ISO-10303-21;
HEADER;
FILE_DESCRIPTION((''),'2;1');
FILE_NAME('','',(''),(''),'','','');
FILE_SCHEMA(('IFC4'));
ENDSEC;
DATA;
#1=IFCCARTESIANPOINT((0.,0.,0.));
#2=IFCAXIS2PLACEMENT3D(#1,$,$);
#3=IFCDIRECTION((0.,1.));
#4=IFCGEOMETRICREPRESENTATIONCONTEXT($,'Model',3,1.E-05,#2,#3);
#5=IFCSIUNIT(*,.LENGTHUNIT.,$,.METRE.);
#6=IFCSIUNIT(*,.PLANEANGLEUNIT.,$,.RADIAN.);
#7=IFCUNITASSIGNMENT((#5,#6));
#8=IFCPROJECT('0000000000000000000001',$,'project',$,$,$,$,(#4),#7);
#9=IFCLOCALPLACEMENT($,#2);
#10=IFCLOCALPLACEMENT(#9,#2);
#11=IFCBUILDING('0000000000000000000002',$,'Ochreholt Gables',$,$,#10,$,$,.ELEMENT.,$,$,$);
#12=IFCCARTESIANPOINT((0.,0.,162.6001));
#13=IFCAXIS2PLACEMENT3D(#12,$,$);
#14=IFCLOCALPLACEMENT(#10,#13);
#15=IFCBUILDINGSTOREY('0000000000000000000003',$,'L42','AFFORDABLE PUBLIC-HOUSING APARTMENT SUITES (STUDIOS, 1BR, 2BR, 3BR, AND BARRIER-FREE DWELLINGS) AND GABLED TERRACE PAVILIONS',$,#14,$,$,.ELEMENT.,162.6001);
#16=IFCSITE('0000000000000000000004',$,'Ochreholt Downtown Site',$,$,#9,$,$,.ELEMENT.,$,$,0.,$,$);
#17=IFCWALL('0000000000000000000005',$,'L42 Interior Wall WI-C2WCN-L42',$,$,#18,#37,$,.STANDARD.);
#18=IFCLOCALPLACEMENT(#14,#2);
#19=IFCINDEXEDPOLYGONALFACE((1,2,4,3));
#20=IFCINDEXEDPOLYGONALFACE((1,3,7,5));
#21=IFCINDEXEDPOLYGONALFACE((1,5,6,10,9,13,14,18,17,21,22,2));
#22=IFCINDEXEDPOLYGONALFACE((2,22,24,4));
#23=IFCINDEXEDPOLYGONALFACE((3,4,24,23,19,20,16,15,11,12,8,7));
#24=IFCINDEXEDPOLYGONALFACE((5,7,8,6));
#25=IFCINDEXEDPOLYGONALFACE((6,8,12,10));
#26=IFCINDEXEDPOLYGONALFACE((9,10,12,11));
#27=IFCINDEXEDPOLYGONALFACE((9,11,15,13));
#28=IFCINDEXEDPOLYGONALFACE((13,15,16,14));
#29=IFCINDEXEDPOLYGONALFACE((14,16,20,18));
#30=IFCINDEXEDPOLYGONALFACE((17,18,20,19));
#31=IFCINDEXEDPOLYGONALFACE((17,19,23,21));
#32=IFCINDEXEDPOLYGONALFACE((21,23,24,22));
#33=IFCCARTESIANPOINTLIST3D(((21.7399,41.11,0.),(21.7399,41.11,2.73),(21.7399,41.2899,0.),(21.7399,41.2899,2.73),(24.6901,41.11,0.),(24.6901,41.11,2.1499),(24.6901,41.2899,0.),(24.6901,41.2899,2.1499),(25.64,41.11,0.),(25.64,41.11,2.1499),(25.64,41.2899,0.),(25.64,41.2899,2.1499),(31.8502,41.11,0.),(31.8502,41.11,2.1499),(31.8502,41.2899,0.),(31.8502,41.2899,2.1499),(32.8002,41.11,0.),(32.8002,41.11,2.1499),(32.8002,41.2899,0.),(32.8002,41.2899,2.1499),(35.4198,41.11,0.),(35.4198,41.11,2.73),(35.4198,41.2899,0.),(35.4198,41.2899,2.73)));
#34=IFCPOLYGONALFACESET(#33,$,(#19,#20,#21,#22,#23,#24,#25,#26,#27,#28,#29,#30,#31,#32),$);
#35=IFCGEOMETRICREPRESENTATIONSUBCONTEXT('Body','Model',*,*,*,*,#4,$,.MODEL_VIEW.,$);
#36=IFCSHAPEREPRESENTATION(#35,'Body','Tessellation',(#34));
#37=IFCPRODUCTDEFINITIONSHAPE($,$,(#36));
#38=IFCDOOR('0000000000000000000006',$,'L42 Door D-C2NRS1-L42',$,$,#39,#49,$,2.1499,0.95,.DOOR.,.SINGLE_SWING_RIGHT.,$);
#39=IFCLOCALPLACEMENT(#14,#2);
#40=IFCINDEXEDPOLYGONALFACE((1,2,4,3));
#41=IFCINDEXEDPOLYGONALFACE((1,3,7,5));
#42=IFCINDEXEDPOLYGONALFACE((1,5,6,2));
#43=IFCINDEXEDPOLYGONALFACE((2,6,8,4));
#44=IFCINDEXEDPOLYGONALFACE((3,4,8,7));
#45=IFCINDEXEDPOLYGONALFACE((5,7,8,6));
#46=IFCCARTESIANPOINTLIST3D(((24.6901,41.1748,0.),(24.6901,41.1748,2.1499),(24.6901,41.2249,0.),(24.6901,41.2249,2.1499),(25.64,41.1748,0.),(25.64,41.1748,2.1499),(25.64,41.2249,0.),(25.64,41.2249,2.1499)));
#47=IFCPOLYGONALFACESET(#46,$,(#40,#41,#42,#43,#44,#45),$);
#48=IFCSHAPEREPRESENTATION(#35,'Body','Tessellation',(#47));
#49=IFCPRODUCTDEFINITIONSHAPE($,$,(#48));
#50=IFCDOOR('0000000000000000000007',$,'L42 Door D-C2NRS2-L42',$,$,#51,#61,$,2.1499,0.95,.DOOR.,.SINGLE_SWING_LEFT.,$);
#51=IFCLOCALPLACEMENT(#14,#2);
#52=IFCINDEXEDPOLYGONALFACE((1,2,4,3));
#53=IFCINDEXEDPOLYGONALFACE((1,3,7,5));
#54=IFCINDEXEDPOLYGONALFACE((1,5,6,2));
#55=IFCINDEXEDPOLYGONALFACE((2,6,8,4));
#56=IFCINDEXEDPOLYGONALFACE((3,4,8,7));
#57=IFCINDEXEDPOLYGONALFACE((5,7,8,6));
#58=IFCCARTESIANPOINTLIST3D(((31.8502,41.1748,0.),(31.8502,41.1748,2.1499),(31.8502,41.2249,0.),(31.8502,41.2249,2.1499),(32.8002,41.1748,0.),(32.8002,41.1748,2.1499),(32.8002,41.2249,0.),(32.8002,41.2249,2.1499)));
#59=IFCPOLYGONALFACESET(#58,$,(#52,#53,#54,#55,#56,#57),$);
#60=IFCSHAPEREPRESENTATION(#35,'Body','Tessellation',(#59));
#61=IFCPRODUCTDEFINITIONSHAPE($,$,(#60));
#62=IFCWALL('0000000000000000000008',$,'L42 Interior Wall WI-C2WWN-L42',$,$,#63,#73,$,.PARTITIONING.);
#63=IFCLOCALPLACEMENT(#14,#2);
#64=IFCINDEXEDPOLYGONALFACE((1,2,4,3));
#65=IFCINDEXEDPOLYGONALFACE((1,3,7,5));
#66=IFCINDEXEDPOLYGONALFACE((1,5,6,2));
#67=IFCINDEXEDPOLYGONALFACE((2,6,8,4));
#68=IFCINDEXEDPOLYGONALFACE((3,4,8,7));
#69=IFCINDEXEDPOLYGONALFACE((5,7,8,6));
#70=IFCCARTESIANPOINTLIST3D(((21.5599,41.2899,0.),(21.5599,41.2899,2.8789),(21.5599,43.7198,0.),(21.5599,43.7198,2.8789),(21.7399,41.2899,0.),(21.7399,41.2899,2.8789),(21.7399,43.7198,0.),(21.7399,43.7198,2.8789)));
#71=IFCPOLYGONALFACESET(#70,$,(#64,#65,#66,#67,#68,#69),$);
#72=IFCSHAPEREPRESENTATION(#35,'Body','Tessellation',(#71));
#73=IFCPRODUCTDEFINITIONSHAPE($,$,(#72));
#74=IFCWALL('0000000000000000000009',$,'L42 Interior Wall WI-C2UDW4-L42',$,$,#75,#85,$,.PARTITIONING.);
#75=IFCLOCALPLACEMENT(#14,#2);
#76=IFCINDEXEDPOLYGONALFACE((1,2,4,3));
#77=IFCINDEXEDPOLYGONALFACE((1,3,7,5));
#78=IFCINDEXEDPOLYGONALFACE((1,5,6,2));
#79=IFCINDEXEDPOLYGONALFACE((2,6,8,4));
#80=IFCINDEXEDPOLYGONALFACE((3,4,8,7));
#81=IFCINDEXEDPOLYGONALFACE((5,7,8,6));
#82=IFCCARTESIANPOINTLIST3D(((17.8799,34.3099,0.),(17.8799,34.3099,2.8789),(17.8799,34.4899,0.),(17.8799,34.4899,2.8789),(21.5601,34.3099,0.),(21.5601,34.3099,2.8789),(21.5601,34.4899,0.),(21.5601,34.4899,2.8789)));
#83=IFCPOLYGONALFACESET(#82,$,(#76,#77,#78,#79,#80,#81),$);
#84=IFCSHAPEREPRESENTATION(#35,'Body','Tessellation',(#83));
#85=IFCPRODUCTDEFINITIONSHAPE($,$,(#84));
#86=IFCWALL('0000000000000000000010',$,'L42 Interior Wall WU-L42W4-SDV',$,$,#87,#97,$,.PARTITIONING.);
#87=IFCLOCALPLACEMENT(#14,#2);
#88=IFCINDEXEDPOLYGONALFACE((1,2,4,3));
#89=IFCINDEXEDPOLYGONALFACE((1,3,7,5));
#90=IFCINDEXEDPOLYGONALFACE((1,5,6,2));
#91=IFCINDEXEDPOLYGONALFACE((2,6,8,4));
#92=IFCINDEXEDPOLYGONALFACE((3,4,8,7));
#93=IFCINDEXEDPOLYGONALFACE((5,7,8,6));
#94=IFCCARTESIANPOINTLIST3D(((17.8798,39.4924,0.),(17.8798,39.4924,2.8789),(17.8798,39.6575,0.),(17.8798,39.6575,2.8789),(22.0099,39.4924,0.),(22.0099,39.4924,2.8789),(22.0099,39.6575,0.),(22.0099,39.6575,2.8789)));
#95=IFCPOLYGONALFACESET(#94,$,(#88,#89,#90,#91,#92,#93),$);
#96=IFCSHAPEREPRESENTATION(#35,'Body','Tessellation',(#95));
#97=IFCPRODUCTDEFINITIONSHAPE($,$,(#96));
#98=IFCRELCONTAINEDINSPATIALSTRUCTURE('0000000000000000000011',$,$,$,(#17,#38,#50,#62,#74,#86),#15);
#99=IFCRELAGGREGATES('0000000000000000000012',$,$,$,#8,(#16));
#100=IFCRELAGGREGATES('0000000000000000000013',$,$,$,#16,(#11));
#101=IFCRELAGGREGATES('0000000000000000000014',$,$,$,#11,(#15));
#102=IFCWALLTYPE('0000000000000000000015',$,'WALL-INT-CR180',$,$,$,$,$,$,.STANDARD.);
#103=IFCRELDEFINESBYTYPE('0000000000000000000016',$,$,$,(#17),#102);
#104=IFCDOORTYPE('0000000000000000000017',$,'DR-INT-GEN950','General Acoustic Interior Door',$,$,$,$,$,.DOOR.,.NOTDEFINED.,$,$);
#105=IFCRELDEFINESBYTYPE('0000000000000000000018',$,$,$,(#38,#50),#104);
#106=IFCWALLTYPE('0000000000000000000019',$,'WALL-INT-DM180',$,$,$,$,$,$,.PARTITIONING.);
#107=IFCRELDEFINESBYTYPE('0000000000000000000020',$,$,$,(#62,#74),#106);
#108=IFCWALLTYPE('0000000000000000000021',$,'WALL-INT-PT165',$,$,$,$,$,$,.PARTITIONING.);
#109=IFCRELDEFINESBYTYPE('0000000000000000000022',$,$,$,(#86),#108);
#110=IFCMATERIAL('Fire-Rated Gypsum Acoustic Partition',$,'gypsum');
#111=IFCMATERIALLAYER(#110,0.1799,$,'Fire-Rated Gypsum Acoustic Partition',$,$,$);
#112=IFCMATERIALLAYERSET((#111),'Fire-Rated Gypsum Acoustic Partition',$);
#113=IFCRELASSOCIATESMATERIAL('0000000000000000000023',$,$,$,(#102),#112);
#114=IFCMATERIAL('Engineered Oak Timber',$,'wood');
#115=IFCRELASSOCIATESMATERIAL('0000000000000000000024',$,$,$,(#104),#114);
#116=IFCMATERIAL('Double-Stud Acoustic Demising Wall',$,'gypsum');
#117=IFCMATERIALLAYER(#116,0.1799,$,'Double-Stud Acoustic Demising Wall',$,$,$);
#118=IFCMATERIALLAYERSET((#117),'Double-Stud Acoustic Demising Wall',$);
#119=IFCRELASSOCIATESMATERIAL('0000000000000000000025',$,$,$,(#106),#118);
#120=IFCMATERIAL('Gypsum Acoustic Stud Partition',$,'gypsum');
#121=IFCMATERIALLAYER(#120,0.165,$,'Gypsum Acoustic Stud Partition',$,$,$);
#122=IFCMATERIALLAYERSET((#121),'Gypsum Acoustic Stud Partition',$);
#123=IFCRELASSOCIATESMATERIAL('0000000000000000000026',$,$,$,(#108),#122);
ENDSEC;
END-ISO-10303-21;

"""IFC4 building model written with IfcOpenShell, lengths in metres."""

from ifc_helpers import new_model, si_unit, direction, frame, frame_2d, origin, place, context, subcontext, project, spatial, rectangle, extrude, material, layer, layer_set, type_object, element, fill, save


model = new_model("IFC4")

# Units and contexts
model_context = context("Model", 3, precision=1e-05, world=origin(), true_north=direction((0.0, 1.0)))
body_context = subcontext(model_context, "Body", "Model", "MODEL_VIEW")
ifc_project = project(units=[si_unit("LENGTHUNIT", "METRE"), si_unit("PLANEANGLEUNIT", "RADIAN")], contexts=[model_context])

# Site, building, storey
site_placement = place(None, origin())
site = spatial("IfcSite", under=ifc_project, at=site_placement, Name="Ochreholt Downtown Site", CompositionType="ELEMENT", RefElevation=0.0)
building_placement = place(site_placement, origin())
building = spatial("IfcBuilding", under=site, at=building_placement, Name="Ochreholt Gables", CompositionType="ELEMENT")
storey_placement = place(building_placement, frame((0.0, 0.0, 162.6001)))
storey = spatial("IfcBuildingStorey", under=building, at=storey_placement, Name="L42", Description="AFFORDABLE PUBLIC-HOUSING APARTMENT SUITES (STUDIOS, 1BR, 2BR, 3BR, AND BARRIER-FREE DWELLINGS) AND GABLED TERRACE PAVILIONS", CompositionType="ELEMENT", Elevation=162.6001)

# Wall, openings, doors
ifc_material_1 = material(Name="Fire-Rated Gypsum Acoustic Partition", Category="gypsum")
ifc_layer_1 = layer(ifc_material_1, 0.1799, Name="Fire-Rated Gypsum Acoustic Partition")
ifc_layer_set_1 = layer_set([ifc_layer_1], Name="Fire-Rated Gypsum Acoustic Partition")
wall_type_1 = type_object("IfcWallType", Name="WALL-INT-CR180", PredefinedType="STANDARD", material=ifc_layer_set_1)
wall_1_placement = place(storey_placement, frame((21.74, 41.2, 0.0), z_axis=(0.0, 0.0, 1.0), x_axis=(1.0, 0.0, 0.0)))
wall_1 = element("IfcWall", 1, at=wall_1_placement, inside=storey, type_object=wall_type_1, Name="L42 Interior Wall WI-C2WCN-L42", PredefinedType="STANDARD", context=body_context, shape_type="SweptSolid", body=[
    extrude(rectangle(XDim=13.6799, YDim=0.1799, at=frame_2d((6.8398, 0.0))), origin(), (0.0, 0.0, 1.0), 2.73),
])
opening_1_placement = place(wall_1_placement, frame((2.95, 0.0, 0.0)))
opening_1 = element("IfcOpeningElement", 2, at=opening_1_placement, cuts=wall_1, PredefinedType="OPENING", context=body_context, shape_type="SweptSolid", body=[
    extrude(rectangle(XDim=0.95, YDim=2.1499, at=frame_2d((0.4751, 1.075))), frame((0.0, 0.0999, 0.0), z_axis=(0.0, -1.0, 0.0), x_axis=(1.0, 0.0, 0.0)), (0.0, 0.0, 1.0), 0.2),
])
opening_2_placement = place(wall_1_placement, frame((10.1101, 0.0, 0.0)))
opening_2 = element("IfcOpeningElement", 3, at=opening_2_placement, cuts=wall_1, PredefinedType="OPENING", context=body_context, shape_type="SweptSolid", body=[
    extrude(rectangle(XDim=0.95, YDim=2.1499, at=frame_2d((0.4751, 1.075))), frame((0.0, 0.0999, 0.0), z_axis=(0.0, -1.0, 0.0), x_axis=(1.0, 0.0, 0.0)), (0.0, 0.0, 1.0), 0.2),
])
ifc_material_2 = material(Name="Engineered Oak Timber", Category="wood")
door_type = type_object("IfcDoorType", Name="DR-INT-GEN950", Description="General Acoustic Interior Door", OperationType="NOTDEFINED", PredefinedType="DOOR", material=ifc_material_2)
door_1_placement = place(opening_1_placement, origin())
door_1 = element("IfcDoor", 4, at=door_1_placement, inside=storey, type_object=door_type, Name="L42 Door D-C2NRS1-L42", OperationType="SINGLE_SWING_RIGHT", OverallHeight=2.1499, OverallWidth=0.95, PredefinedType="DOOR", context=body_context, shape_type="SweptSolid", body=[
    extrude(rectangle(XDim=0.95, YDim=2.1499, at=frame_2d((0.4751, 1.075))), frame((0.0, 0.0249, 0.0), z_axis=(0.0, -1.0, 0.0), x_axis=(1.0, 0.0, 0.0)), (0.0, 0.0, 1.0), 0.05),
])
fill(opening_1, door_1)
door_2_placement = place(opening_2_placement, origin())
door_2 = element("IfcDoor", 5, at=door_2_placement, inside=storey, type_object=door_type, Name="L42 Door D-C2NRS2-L42", OperationType="SINGLE_SWING_LEFT", OverallHeight=2.1499, OverallWidth=0.95, PredefinedType="DOOR", context=body_context, shape_type="SweptSolid", body=[
    extrude(rectangle(XDim=0.95, YDim=2.1499, at=frame_2d((0.4751, 1.075))), frame((0.0, 0.0249, 0.0), z_axis=(0.0, -1.0, 0.0), x_axis=(1.0, 0.0, 0.0)), (0.0, 0.0, 1.0), 0.05),
])
fill(opening_2, door_2)

# Walls
ifc_material_3 = material(Name="Double-Stud Acoustic Demising Wall", Category="gypsum")
ifc_layer_2 = layer(ifc_material_3, 0.1799, Name="Double-Stud Acoustic Demising Wall")
ifc_layer_set_2 = layer_set([ifc_layer_2], Name="Double-Stud Acoustic Demising Wall")
wall_type_2 = type_object("IfcWallType", Name="WALL-INT-DM180", PredefinedType="PARTITIONING", material=ifc_layer_set_2)
wall_2_placement = place(storey_placement, frame((21.6499, 41.29, 0.0), z_axis=(0.0, 0.0, 1.0), x_axis=(0.0, 1.0, 0.0)))
element("IfcWall", 6, at=wall_2_placement, inside=storey, type_object=wall_type_2, Name="L42 Interior Wall WI-C2WWN-L42", PredefinedType="PARTITIONING", context=body_context, shape_type="SweptSolid", body=[
    extrude(rectangle(XDim=2.4299, YDim=0.1799, at=frame_2d((1.2148, 0.0))), origin(), (0.0, 0.0, 1.0), 2.8789),
])
wall_3_placement = place(storey_placement, frame((17.8799, 34.3999, 0.0), z_axis=(0.0, 0.0, 1.0), x_axis=(1.0, 0.0, 0.0)))
element("IfcWall", 7, at=wall_3_placement, inside=storey, type_object=wall_type_2, Name="L42 Interior Wall WI-C2UDW4-L42", PredefinedType="PARTITIONING", context=body_context, shape_type="SweptSolid", body=[
    extrude(rectangle(XDim=3.6802, YDim=0.1799, at=frame_2d((1.8401, 0.0))), origin(), (0.0, 0.0, 1.0), 2.8789),
])
ifc_material_4 = material(Name="Gypsum Acoustic Stud Partition", Category="gypsum")
ifc_layer_3 = layer(ifc_material_4, 0.165, Name="Gypsum Acoustic Stud Partition")
ifc_layer_set_3 = layer_set([ifc_layer_3], Name="Gypsum Acoustic Stud Partition")
wall_type_3 = type_object("IfcWallType", Name="WALL-INT-PT165", PredefinedType="PARTITIONING", material=ifc_layer_set_3)
wall_4_placement = place(storey_placement, frame((17.8799, 39.575, 0.0), z_axis=(0.0, 0.0, 1.0), x_axis=(1.0, 0.0, 0.0)))
element("IfcWall", 8, at=wall_4_placement, inside=storey, type_object=wall_type_3, Name="L42 Interior Wall WU-L42W4-SDV", PredefinedType="PARTITIONING", context=body_context, shape_type="SweptSolid", body=[
    extrude(rectangle(XDim=4.1301, YDim=0.165, at=frame_2d((2.0649, 0.0))), origin(), (0.0, 0.0, 1.0), 2.8789),
])

save(model, "model.ifc")
